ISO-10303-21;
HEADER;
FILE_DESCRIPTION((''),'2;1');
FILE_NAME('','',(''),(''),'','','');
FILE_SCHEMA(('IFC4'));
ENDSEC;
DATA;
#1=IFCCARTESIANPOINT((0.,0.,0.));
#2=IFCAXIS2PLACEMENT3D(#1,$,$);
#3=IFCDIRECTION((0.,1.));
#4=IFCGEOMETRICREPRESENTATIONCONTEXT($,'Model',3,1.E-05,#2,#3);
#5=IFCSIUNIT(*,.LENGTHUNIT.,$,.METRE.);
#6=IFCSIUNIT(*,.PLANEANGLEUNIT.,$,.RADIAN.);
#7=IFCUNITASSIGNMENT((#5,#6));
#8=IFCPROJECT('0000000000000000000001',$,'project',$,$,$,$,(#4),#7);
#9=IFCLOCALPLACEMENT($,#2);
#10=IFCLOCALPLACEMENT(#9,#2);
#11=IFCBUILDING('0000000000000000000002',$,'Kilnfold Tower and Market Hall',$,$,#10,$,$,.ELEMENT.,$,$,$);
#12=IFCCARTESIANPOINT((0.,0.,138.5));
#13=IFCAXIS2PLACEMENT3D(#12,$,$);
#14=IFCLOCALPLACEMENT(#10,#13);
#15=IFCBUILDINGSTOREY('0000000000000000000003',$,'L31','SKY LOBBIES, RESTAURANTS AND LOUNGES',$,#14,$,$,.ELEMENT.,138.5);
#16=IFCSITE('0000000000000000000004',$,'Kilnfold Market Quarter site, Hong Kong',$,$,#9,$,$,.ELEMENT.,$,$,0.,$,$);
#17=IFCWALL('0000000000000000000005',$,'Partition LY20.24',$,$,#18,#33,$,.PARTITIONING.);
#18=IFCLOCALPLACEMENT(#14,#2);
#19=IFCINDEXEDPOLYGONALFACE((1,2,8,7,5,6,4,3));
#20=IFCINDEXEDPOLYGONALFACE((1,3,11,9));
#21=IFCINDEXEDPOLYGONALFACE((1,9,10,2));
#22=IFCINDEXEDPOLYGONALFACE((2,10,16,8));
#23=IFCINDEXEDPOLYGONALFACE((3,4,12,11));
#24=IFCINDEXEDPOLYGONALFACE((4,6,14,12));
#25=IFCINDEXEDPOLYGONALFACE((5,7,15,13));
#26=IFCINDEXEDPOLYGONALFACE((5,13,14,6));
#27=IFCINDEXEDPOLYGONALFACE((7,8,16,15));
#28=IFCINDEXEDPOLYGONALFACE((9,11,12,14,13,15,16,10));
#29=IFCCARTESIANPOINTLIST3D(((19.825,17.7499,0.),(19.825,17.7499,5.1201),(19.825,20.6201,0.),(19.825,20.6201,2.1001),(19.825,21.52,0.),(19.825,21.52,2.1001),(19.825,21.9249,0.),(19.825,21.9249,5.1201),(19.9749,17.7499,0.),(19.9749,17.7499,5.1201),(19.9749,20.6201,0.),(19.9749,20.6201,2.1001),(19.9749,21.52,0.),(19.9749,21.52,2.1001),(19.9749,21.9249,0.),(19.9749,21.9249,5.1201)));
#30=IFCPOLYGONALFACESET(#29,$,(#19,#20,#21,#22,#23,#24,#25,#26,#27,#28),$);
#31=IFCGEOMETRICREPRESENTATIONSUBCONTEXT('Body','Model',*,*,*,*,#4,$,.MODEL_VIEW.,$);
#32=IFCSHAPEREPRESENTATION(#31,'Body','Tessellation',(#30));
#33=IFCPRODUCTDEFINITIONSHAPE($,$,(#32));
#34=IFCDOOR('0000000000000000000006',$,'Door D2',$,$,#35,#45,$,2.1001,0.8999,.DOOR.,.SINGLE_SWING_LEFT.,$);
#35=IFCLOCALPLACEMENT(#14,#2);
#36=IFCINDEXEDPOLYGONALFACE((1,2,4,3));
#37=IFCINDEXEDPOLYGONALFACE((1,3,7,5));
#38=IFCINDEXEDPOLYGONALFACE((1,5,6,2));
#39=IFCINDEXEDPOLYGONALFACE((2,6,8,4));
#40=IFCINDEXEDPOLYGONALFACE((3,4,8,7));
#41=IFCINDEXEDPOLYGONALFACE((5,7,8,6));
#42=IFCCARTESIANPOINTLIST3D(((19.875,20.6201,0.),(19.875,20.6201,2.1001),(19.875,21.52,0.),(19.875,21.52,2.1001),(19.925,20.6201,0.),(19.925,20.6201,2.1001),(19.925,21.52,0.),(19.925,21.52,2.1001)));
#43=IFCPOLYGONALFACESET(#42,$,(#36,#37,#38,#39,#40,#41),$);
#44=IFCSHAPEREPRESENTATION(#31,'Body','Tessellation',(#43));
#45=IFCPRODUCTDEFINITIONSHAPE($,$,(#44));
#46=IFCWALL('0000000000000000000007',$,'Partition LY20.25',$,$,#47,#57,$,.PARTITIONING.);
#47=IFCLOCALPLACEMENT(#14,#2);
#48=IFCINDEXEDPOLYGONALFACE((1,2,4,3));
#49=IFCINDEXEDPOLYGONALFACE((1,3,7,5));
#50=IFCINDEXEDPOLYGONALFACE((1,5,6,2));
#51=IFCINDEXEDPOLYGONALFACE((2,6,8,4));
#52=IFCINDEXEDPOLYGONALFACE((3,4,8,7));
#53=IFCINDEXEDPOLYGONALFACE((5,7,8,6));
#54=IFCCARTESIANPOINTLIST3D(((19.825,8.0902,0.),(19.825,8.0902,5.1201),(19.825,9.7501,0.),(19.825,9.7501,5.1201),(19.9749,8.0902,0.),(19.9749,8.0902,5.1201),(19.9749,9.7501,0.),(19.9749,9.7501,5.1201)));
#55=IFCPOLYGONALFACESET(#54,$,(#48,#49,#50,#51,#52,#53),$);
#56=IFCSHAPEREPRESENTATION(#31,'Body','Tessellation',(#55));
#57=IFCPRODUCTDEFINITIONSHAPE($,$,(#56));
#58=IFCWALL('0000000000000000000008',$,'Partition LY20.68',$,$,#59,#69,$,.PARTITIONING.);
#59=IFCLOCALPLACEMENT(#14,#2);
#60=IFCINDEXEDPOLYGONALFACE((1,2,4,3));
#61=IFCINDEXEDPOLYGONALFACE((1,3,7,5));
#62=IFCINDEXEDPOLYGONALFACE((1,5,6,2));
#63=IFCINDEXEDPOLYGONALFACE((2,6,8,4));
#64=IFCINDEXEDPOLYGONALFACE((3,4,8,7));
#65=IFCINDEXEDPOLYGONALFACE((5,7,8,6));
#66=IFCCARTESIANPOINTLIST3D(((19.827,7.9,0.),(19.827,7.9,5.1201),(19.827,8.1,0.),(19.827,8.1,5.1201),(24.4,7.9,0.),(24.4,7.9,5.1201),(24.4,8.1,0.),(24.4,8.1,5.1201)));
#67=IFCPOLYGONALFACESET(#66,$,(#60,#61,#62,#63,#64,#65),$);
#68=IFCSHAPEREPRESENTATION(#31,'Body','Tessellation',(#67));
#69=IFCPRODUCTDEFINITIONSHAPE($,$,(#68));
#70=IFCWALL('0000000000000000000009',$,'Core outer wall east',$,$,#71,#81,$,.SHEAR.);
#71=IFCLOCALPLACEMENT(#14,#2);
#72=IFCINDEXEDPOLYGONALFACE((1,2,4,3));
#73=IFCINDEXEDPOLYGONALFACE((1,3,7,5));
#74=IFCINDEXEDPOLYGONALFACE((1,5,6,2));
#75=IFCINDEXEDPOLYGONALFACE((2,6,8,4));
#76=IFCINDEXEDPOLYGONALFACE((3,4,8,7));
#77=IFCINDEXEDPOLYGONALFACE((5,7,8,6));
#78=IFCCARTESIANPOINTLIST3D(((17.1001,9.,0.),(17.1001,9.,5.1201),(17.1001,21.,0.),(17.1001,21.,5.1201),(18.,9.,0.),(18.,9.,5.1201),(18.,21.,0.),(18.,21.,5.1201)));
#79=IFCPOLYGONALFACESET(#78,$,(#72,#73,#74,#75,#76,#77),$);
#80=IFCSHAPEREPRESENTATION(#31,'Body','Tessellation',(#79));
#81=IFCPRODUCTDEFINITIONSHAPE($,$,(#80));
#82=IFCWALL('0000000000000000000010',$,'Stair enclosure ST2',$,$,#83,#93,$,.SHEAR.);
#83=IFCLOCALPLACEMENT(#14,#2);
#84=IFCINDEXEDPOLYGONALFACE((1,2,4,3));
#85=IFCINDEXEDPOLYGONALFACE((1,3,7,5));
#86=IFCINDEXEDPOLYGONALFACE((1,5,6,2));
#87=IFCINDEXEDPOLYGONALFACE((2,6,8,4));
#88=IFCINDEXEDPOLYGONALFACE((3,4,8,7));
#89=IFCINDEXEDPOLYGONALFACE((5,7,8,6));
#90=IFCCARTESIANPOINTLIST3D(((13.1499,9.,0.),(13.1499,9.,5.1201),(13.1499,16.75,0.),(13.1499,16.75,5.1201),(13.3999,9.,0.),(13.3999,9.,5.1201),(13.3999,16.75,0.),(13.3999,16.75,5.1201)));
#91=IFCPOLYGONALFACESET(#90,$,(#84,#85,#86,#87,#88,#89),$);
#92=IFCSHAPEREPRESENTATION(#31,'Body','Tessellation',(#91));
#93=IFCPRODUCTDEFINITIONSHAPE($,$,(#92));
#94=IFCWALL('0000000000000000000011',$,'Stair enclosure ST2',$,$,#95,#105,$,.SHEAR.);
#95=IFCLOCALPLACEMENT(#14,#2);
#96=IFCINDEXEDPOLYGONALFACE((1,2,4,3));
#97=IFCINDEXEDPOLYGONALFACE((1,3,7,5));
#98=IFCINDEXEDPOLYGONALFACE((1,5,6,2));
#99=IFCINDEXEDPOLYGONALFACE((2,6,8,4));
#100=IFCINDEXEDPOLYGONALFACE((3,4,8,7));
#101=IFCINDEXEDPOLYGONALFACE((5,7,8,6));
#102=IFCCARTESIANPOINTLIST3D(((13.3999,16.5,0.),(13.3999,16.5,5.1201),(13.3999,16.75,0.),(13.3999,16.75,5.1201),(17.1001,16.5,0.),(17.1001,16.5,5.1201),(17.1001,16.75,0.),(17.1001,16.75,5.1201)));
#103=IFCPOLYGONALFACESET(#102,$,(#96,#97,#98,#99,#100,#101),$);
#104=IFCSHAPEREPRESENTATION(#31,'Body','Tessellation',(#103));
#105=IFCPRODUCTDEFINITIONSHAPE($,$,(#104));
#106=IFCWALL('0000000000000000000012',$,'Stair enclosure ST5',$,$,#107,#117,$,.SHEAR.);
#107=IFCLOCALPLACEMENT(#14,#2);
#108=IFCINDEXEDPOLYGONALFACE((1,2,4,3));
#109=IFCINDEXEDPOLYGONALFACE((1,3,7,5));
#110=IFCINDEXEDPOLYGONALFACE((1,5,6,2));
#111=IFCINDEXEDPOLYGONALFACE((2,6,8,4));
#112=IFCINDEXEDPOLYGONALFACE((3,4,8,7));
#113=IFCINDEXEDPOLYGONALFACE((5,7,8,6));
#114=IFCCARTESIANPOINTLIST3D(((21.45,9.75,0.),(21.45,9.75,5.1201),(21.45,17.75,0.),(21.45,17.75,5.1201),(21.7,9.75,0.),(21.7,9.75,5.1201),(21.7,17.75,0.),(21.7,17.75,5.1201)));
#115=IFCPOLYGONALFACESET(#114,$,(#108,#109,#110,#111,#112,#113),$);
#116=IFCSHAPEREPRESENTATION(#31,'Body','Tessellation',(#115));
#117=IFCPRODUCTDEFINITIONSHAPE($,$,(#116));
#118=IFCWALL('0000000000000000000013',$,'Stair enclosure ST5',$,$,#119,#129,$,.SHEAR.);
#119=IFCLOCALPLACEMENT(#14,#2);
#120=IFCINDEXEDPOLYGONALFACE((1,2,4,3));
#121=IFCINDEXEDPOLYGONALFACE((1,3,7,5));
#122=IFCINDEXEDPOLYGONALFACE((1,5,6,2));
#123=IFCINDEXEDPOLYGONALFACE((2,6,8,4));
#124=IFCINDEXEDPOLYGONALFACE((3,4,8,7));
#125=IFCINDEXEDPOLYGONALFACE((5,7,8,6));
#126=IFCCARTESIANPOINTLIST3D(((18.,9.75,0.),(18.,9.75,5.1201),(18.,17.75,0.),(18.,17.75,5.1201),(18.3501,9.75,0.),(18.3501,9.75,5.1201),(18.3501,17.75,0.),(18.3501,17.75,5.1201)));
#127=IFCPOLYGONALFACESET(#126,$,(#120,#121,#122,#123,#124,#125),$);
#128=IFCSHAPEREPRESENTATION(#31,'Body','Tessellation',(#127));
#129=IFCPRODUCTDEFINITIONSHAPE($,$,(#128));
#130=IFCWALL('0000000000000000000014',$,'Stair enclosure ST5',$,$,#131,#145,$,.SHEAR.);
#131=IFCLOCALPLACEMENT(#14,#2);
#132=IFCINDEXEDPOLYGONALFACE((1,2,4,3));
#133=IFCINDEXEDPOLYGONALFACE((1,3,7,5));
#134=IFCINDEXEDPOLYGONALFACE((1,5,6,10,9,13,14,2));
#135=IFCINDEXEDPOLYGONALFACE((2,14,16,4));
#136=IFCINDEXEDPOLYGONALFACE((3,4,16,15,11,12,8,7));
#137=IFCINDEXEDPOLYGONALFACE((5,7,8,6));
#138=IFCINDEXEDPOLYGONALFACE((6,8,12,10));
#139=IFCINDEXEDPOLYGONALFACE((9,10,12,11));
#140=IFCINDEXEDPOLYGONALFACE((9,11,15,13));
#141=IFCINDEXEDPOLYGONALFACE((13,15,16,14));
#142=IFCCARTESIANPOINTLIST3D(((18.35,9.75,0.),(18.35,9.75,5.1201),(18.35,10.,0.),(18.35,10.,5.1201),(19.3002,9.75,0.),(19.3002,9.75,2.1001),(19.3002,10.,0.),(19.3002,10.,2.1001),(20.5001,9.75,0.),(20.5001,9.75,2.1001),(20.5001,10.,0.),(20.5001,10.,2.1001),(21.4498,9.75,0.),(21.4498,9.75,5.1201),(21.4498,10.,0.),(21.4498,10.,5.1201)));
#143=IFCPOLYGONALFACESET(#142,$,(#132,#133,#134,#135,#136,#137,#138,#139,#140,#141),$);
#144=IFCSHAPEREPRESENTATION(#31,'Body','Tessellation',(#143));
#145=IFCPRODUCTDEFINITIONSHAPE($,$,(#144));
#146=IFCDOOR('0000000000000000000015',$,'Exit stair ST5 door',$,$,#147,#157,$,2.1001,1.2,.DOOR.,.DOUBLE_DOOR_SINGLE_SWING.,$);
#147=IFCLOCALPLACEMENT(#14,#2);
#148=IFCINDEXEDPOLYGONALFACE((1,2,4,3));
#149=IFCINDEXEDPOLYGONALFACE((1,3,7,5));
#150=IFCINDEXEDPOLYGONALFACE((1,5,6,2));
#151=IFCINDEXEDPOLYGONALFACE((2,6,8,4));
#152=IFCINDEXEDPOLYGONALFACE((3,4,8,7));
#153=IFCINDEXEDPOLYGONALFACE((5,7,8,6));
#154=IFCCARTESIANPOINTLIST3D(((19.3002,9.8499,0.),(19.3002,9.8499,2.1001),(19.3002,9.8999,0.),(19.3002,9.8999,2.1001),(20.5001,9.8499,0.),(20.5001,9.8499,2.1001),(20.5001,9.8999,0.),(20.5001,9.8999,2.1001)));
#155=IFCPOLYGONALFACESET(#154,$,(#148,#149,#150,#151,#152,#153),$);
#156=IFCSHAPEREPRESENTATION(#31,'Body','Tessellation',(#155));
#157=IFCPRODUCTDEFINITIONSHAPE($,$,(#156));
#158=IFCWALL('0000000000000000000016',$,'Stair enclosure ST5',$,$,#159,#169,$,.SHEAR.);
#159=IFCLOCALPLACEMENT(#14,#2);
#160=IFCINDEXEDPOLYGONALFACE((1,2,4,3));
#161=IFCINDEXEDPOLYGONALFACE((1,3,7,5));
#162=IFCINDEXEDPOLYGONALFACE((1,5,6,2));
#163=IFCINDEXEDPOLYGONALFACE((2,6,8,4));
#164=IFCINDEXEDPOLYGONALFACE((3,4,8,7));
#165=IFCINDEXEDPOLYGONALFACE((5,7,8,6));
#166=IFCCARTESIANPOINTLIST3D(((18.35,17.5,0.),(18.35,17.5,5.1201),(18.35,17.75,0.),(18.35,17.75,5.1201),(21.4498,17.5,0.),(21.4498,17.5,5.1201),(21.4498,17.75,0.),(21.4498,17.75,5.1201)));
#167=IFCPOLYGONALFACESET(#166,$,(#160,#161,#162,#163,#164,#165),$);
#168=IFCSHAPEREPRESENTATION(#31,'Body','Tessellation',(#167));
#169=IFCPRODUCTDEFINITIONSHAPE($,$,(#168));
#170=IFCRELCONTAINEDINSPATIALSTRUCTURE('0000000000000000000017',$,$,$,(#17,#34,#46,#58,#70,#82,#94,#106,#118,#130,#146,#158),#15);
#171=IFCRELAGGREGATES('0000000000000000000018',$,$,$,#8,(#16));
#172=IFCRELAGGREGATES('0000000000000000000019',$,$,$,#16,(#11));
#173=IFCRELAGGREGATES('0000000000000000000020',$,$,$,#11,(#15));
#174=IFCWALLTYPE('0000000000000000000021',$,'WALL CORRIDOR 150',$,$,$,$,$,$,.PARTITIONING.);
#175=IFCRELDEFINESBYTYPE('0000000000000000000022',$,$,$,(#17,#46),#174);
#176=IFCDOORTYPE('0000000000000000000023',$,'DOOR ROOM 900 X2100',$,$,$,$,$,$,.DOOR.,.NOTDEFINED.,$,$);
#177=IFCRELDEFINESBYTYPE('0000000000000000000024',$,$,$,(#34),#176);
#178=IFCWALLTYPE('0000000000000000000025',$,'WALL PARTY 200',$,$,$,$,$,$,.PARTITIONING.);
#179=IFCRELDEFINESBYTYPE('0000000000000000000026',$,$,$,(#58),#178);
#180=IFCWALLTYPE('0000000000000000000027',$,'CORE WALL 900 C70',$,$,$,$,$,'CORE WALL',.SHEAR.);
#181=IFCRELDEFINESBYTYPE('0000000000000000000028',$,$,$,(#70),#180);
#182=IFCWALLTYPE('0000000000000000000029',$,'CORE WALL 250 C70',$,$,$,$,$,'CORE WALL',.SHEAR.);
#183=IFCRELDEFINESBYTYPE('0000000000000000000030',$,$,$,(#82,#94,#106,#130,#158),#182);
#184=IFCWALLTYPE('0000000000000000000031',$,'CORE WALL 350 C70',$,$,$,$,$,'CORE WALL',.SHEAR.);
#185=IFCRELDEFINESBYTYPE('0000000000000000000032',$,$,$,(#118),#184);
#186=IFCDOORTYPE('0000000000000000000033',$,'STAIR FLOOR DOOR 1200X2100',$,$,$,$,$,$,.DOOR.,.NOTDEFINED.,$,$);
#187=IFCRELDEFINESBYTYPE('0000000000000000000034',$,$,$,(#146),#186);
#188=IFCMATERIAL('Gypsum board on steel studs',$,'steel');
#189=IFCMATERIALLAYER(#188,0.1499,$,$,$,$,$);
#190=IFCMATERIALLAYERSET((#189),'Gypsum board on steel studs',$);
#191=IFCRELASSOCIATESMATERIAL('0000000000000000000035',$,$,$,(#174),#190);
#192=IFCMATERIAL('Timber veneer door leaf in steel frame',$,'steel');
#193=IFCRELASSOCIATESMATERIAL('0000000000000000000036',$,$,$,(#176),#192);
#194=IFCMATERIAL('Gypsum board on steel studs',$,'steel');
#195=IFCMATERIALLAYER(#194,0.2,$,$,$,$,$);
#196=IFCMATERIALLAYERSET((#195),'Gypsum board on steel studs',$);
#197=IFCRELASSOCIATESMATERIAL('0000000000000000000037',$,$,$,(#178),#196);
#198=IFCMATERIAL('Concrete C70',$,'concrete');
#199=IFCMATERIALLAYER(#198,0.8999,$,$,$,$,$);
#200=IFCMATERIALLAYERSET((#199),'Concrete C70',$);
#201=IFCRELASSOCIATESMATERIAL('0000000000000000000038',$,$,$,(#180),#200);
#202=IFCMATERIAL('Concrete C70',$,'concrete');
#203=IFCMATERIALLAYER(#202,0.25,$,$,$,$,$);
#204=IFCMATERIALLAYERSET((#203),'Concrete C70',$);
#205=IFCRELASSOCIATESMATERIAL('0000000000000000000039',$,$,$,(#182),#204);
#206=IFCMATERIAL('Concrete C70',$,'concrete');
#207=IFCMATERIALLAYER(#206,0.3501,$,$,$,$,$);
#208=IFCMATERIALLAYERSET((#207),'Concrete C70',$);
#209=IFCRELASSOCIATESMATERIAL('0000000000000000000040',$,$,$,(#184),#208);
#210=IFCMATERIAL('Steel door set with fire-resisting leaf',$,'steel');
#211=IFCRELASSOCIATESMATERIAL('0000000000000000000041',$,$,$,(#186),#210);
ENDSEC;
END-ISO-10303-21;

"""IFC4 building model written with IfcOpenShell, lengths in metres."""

from ifc_helpers import new_model, si_unit, direction, frame, frame_2d, origin, place, context, subcontext, project, spatial, rectangle, extrude, source, transform, mapped, material, layer, layer_set, type_object, element, fill, save


model = new_model("IFC4")

# Units and contexts
model_context = context("Model", 3, precision=1e-05, world=origin(), true_north=direction((0.0, 1.0)))
body_context = subcontext(model_context, "Body", "Model", "MODEL_VIEW")
ifc_project = project(units=[si_unit("LENGTHUNIT", "METRE"), si_unit("PLANEANGLEUNIT", "RADIAN")], contexts=[model_context])

# Site, building, storey
site_placement = place(None, origin())
site = spatial("IfcSite", under=ifc_project, at=site_placement, Name="Kilnfold Market Quarter site, Hong Kong", CompositionType="ELEMENT", RefElevation=0.0)
building_placement = place(site_placement, origin())
building = spatial("IfcBuilding", under=site, at=building_placement, Name="Kilnfold Tower and Market Hall", CompositionType="ELEMENT")
storey_placement = place(building_placement, frame((0.0, 0.0, 138.5)))
storey = spatial("IfcBuildingStorey", under=building, at=storey_placement, Name="L31", Description="SKY LOBBIES, RESTAURANTS AND LOUNGES", CompositionType="ELEMENT", Elevation=138.5)

# Wall, opening, door
ifc_material_1 = material(Name="Gypsum board on steel studs", Category="steel")
ifc_layer_1 = layer(ifc_material_1, 0.1499)
ifc_layer_set_1 = layer_set([ifc_layer_1], Name="Gypsum board on steel studs")
wall_type_1 = type_object("IfcWallType", Name="WALL CORRIDOR 150", PredefinedType="PARTITIONING", material=ifc_layer_set_1)
wall_1_placement = place(storey_placement, frame((19.8999, 17.75, 0.0), z_axis=(0.0, 0.0, 1.0), x_axis=(0.0, 1.0, 0.0)))
wall_1 = element("IfcWall", 1, at=wall_1_placement, inside=storey, type_object=wall_type_1, Name="Partition LY20.24", PredefinedType="PARTITIONING", context=body_context, shape_type="SweptSolid", body=[
    extrude(rectangle(XDim=4.175, YDim=0.1499, at=frame_2d((2.0874, 0.0))), origin(), (0.0, 0.0, 1.0), 5.1201),
])
opening_1_placement = place(wall_1_placement, frame((2.8701, 0.0, 0.0)))
opening_1 = element("IfcOpeningElement", 2, at=opening_1_placement, cuts=wall_1, PredefinedType="OPENING", context=body_context, shape_type="SweptSolid", body=[
    extrude(rectangle(XDim=0.8999, YDim=2.1001, at=frame_2d((0.45, 1.05))), frame((0.0, 0.085, 0.0), z_axis=(0.0, -1.0, 0.0), x_axis=(1.0, 0.0, 0.0)), (0.0, 0.0, 1.0), 0.1699),
])
ifc_material_2 = material(Name="Timber veneer door leaf in steel frame", Category="steel")
door_type_1 = type_object("IfcDoorType", Name="DOOR ROOM 900 X2100", OperationType="NOTDEFINED", PredefinedType="DOOR", material=ifc_material_2)
door_1_placement = place(opening_1_placement, origin())
door_1 = element("IfcDoor", 3, at=door_1_placement, inside=storey, type_object=door_type_1, Name="Door D2", OperationType="SINGLE_SWING_LEFT", OverallHeight=2.1001, OverallWidth=0.8999, PredefinedType="DOOR", context=body_context, shape_type="SweptSolid", body=[
    extrude(rectangle(XDim=0.8999, YDim=2.1001, at=frame_2d((0.45, 1.05))), frame((0.0, 0.0249, 0.0), z_axis=(0.0, -1.0, 0.0), x_axis=(1.0, 0.0, 0.0)), (0.0, 0.0, 1.0), 0.05),
])
fill(opening_1, door_1)

# Walls
wall_2_placement = place(storey_placement, frame((19.8999, 8.0901, 0.0), z_axis=(0.0, 0.0, 1.0), x_axis=(0.0, 1.0, 0.0)))
element("IfcWall", 4, at=wall_2_placement, inside=storey, type_object=wall_type_1, Name="Partition LY20.25", PredefinedType="PARTITIONING", context=body_context, shape_type="SweptSolid", body=[
    extrude(rectangle(XDim=1.6599, YDim=0.1499, at=frame_2d((0.8301, 0.0))), origin(), (0.0, 0.0, 1.0), 5.1201),
])
ifc_material_3 = material(Name="Gypsum board on steel studs", Category="steel")
ifc_layer_2 = layer(ifc_material_3, 0.2)
ifc_layer_set_2 = layer_set([ifc_layer_2], Name="Gypsum board on steel studs")
wall_type_2 = type_object("IfcWallType", Name="WALL PARTY 200", PredefinedType="PARTITIONING", material=ifc_layer_set_2)
wall_3_placement = place(storey_placement, frame((19.8269, 8.0, 0.0), z_axis=(0.0, 0.0, 1.0), x_axis=(1.0, 0.0, 0.0)))
element("IfcWall", 5, at=wall_3_placement, inside=storey, type_object=wall_type_2, Name="Partition LY20.68", PredefinedType="PARTITIONING", context=body_context, shape_type="SweptSolid", body=[
    extrude(rectangle(XDim=4.573, YDim=0.2, at=frame_2d((2.2866, 0.0))), origin(), (0.0, 0.0, 1.0), 5.1201),
])
ifc_material_4 = material(Name="Concrete C70", Category="concrete")
ifc_layer_3 = layer(ifc_material_4, 0.8999)
ifc_layer_set_3 = layer_set([ifc_layer_3], Name="Concrete C70")
wall_type_3 = type_object("IfcWallType", Name="CORE WALL 900 C70", ElementType="CORE WALL", PredefinedType="SHEAR", material=ifc_layer_set_3)
shared_shape_1 = source(origin(), body_context, "Body", "SweptSolid", [
    extrude(rectangle(XDim=12.0, YDim=0.8999, at=frame_2d((6.0, 0.0))), origin(), (0.0, 0.0, 1.0), 5.1201),
])
wall_4_placement = place(storey_placement, frame((17.55, 9.0, 0.0), z_axis=(0.0, 0.0, 1.0), x_axis=(0.0, 1.0, 0.0)))
element("IfcWall", 6, at=wall_4_placement, inside=storey, type_object=wall_type_3, Name="Core outer wall east", PredefinedType="SHEAR", context=body_context, shape_type="MappedRepresentation", body=[
    mapped(shared_shape_1, transform((0.0, 0.0, 0.0))),
])
ifc_material_5 = material(Name="Concrete C70", Category="concrete")
ifc_layer_4 = layer(ifc_material_5, 0.25)
ifc_layer_set_4 = layer_set([ifc_layer_4], Name="Concrete C70")
wall_type_4 = type_object("IfcWallType", Name="CORE WALL 250 C70", ElementType="CORE WALL", PredefinedType="SHEAR", material=ifc_layer_set_4)
shared_shape_2 = source(origin(), body_context, "Body", "SweptSolid", [
    extrude(rectangle(XDim=7.75, YDim=0.25, at=frame_2d((3.875, 0.0))), origin(), (0.0, 0.0, 1.0), 5.1201),
])
wall_5_placement = place(storey_placement, frame((13.2749, 9.0, 0.0), z_axis=(0.0, 0.0, 1.0), x_axis=(0.0, 1.0, 0.0)))
element("IfcWall", 7, at=wall_5_placement, inside=storey, type_object=wall_type_4, Name="Stair enclosure ST2", PredefinedType="SHEAR", context=body_context, shape_type="MappedRepresentation", body=[
    mapped(shared_shape_2, transform((0.0, 0.0, 0.0))),
])
shared_shape_3 = source(origin(), body_context, "Body", "SweptSolid", [
    extrude(rectangle(XDim=3.7002, YDim=0.25, at=frame_2d((1.8501, 0.0))), origin(), (0.0, 0.0, 1.0), 5.1201),
])
wall_6_placement = place(storey_placement, frame((13.3999, 16.625, 0.0), z_axis=(0.0, 0.0, 1.0), x_axis=(1.0, 0.0, 0.0)))
element("IfcWall", 8, at=wall_6_placement, inside=storey, type_object=wall_type_4, Name="Stair enclosure ST2", PredefinedType="SHEAR", context=body_context, shape_type="MappedRepresentation", body=[
    mapped(shared_shape_3, transform((0.0, 0.0, 0.0))),
])
shared_shape_4 = source(origin(), body_context, "Body", "SweptSolid", [
    extrude(rectangle(XDim=8.0, YDim=0.25, at=frame_2d((4.0, 0.0))), origin(), (0.0, 0.0, 1.0), 5.1201),
])
wall_7_placement = place(storey_placement, frame((21.575, 9.75, 0.0), z_axis=(0.0, 0.0, 1.0), x_axis=(0.0, 1.0, 0.0)))
element("IfcWall", 9, at=wall_7_placement, inside=storey, type_object=wall_type_4, Name="Stair enclosure ST5", PredefinedType="SHEAR", context=body_context, shape_type="MappedRepresentation", body=[
    mapped(shared_shape_4, transform((0.0, 0.0, 0.0))),
])
ifc_material_6 = material(Name="Concrete C70", Category="concrete")
ifc_layer_5 = layer(ifc_material_6, 0.3501)
ifc_layer_set_5 = layer_set([ifc_layer_5], Name="Concrete C70")
wall_type_5 = type_object("IfcWallType", Name="CORE WALL 350 C70", ElementType="CORE WALL", PredefinedType="SHEAR", material=ifc_layer_set_5)
shared_shape_5 = source(origin(), body_context, "Body", "SweptSolid", [
    extrude(rectangle(XDim=8.0, YDim=0.3501, at=frame_2d((4.0, 0.0))), origin(), (0.0, 0.0, 1.0), 5.1201),
])
wall_8_placement = place(storey_placement, frame((18.175, 9.75, 0.0), z_axis=(0.0, 0.0, 1.0), x_axis=(0.0, 1.0, 0.0)))
element("IfcWall", 10, at=wall_8_placement, inside=storey, type_object=wall_type_5, Name="Stair enclosure ST5", PredefinedType="SHEAR", context=body_context, shape_type="MappedRepresentation", body=[
    mapped(shared_shape_5, transform((0.0, 0.0, 0.0))),
])

# Wall, opening, door
shared_shape_6 = source(origin(), body_context, "Body", "SweptSolid", [
    extrude(rectangle(XDim=3.0999, YDim=0.25, at=frame_2d((1.5498, 0.0))), origin(), (0.0, 0.0, 1.0), 5.1201),
])
wall_9_placement = place(storey_placement, frame((18.3501, 9.875, 0.0), z_axis=(0.0, 0.0, 1.0), x_axis=(1.0, 0.0, 0.0)))
wall_9 = element("IfcWall", 11, at=wall_9_placement, inside=storey, type_object=wall_type_4, Name="Stair enclosure ST5", PredefinedType="SHEAR", context=body_context, shape_type="MappedRepresentation", body=[
    mapped(shared_shape_6, transform((0.0, 0.0, 0.0))),
])
opening_2_placement = place(wall_9_placement, frame((0.95, 0.0, 0.0)))
opening_2 = element("IfcOpeningElement", 12, at=opening_2_placement, cuts=wall_9, PredefinedType="OPENING", context=body_context, shape_type="SweptSolid", body=[
    extrude(rectangle(XDim=1.2, YDim=2.1001, at=frame_2d((0.6001, 1.05))), frame((0.0, 0.135, 0.0), z_axis=(0.0, -1.0, 0.0), x_axis=(1.0, 0.0, 0.0)), (0.0, 0.0, 1.0), 0.27),
])
ifc_material_7 = material(Name="Steel door set with fire-resisting leaf", Category="steel")
door_type_2 = type_object("IfcDoorType", Name="STAIR FLOOR DOOR 1200X2100", OperationType="NOTDEFINED", PredefinedType="DOOR", material=ifc_material_7)
door_2_placement = place(opening_2_placement, origin())
door_2 = element("IfcDoor", 13, at=door_2_placement, inside=storey, type_object=door_type_2, Name="Exit stair ST5 door", OperationType="DOUBLE_DOOR_SINGLE_SWING", OverallHeight=2.1001, OverallWidth=1.2, PredefinedType="DOOR", context=body_context, shape_type="SweptSolid", body=[
    extrude(rectangle(XDim=1.2, YDim=2.1001, at=frame_2d((0.6001, 1.05))), frame((0.0, 0.0249, 0.0), z_axis=(0.0, -1.0, 0.0), x_axis=(1.0, 0.0, 0.0)), (0.0, 0.0, 1.0), 0.05),
])
fill(opening_2, door_2)

# Wall
wall_10_placement = place(storey_placement, frame((18.3501, 17.625, 0.0), z_axis=(0.0, 0.0, 1.0), x_axis=(1.0, 0.0, 0.0)))
element("IfcWall", 14, at=wall_10_placement, inside=storey, type_object=wall_type_4, Name="Stair enclosure ST5", PredefinedType="SHEAR", context=body_context, shape_type="MappedRepresentation", body=[
    mapped(shared_shape_6, transform((0.0, 0.0, 0.0))),
])

save(model, "model.ifc")
